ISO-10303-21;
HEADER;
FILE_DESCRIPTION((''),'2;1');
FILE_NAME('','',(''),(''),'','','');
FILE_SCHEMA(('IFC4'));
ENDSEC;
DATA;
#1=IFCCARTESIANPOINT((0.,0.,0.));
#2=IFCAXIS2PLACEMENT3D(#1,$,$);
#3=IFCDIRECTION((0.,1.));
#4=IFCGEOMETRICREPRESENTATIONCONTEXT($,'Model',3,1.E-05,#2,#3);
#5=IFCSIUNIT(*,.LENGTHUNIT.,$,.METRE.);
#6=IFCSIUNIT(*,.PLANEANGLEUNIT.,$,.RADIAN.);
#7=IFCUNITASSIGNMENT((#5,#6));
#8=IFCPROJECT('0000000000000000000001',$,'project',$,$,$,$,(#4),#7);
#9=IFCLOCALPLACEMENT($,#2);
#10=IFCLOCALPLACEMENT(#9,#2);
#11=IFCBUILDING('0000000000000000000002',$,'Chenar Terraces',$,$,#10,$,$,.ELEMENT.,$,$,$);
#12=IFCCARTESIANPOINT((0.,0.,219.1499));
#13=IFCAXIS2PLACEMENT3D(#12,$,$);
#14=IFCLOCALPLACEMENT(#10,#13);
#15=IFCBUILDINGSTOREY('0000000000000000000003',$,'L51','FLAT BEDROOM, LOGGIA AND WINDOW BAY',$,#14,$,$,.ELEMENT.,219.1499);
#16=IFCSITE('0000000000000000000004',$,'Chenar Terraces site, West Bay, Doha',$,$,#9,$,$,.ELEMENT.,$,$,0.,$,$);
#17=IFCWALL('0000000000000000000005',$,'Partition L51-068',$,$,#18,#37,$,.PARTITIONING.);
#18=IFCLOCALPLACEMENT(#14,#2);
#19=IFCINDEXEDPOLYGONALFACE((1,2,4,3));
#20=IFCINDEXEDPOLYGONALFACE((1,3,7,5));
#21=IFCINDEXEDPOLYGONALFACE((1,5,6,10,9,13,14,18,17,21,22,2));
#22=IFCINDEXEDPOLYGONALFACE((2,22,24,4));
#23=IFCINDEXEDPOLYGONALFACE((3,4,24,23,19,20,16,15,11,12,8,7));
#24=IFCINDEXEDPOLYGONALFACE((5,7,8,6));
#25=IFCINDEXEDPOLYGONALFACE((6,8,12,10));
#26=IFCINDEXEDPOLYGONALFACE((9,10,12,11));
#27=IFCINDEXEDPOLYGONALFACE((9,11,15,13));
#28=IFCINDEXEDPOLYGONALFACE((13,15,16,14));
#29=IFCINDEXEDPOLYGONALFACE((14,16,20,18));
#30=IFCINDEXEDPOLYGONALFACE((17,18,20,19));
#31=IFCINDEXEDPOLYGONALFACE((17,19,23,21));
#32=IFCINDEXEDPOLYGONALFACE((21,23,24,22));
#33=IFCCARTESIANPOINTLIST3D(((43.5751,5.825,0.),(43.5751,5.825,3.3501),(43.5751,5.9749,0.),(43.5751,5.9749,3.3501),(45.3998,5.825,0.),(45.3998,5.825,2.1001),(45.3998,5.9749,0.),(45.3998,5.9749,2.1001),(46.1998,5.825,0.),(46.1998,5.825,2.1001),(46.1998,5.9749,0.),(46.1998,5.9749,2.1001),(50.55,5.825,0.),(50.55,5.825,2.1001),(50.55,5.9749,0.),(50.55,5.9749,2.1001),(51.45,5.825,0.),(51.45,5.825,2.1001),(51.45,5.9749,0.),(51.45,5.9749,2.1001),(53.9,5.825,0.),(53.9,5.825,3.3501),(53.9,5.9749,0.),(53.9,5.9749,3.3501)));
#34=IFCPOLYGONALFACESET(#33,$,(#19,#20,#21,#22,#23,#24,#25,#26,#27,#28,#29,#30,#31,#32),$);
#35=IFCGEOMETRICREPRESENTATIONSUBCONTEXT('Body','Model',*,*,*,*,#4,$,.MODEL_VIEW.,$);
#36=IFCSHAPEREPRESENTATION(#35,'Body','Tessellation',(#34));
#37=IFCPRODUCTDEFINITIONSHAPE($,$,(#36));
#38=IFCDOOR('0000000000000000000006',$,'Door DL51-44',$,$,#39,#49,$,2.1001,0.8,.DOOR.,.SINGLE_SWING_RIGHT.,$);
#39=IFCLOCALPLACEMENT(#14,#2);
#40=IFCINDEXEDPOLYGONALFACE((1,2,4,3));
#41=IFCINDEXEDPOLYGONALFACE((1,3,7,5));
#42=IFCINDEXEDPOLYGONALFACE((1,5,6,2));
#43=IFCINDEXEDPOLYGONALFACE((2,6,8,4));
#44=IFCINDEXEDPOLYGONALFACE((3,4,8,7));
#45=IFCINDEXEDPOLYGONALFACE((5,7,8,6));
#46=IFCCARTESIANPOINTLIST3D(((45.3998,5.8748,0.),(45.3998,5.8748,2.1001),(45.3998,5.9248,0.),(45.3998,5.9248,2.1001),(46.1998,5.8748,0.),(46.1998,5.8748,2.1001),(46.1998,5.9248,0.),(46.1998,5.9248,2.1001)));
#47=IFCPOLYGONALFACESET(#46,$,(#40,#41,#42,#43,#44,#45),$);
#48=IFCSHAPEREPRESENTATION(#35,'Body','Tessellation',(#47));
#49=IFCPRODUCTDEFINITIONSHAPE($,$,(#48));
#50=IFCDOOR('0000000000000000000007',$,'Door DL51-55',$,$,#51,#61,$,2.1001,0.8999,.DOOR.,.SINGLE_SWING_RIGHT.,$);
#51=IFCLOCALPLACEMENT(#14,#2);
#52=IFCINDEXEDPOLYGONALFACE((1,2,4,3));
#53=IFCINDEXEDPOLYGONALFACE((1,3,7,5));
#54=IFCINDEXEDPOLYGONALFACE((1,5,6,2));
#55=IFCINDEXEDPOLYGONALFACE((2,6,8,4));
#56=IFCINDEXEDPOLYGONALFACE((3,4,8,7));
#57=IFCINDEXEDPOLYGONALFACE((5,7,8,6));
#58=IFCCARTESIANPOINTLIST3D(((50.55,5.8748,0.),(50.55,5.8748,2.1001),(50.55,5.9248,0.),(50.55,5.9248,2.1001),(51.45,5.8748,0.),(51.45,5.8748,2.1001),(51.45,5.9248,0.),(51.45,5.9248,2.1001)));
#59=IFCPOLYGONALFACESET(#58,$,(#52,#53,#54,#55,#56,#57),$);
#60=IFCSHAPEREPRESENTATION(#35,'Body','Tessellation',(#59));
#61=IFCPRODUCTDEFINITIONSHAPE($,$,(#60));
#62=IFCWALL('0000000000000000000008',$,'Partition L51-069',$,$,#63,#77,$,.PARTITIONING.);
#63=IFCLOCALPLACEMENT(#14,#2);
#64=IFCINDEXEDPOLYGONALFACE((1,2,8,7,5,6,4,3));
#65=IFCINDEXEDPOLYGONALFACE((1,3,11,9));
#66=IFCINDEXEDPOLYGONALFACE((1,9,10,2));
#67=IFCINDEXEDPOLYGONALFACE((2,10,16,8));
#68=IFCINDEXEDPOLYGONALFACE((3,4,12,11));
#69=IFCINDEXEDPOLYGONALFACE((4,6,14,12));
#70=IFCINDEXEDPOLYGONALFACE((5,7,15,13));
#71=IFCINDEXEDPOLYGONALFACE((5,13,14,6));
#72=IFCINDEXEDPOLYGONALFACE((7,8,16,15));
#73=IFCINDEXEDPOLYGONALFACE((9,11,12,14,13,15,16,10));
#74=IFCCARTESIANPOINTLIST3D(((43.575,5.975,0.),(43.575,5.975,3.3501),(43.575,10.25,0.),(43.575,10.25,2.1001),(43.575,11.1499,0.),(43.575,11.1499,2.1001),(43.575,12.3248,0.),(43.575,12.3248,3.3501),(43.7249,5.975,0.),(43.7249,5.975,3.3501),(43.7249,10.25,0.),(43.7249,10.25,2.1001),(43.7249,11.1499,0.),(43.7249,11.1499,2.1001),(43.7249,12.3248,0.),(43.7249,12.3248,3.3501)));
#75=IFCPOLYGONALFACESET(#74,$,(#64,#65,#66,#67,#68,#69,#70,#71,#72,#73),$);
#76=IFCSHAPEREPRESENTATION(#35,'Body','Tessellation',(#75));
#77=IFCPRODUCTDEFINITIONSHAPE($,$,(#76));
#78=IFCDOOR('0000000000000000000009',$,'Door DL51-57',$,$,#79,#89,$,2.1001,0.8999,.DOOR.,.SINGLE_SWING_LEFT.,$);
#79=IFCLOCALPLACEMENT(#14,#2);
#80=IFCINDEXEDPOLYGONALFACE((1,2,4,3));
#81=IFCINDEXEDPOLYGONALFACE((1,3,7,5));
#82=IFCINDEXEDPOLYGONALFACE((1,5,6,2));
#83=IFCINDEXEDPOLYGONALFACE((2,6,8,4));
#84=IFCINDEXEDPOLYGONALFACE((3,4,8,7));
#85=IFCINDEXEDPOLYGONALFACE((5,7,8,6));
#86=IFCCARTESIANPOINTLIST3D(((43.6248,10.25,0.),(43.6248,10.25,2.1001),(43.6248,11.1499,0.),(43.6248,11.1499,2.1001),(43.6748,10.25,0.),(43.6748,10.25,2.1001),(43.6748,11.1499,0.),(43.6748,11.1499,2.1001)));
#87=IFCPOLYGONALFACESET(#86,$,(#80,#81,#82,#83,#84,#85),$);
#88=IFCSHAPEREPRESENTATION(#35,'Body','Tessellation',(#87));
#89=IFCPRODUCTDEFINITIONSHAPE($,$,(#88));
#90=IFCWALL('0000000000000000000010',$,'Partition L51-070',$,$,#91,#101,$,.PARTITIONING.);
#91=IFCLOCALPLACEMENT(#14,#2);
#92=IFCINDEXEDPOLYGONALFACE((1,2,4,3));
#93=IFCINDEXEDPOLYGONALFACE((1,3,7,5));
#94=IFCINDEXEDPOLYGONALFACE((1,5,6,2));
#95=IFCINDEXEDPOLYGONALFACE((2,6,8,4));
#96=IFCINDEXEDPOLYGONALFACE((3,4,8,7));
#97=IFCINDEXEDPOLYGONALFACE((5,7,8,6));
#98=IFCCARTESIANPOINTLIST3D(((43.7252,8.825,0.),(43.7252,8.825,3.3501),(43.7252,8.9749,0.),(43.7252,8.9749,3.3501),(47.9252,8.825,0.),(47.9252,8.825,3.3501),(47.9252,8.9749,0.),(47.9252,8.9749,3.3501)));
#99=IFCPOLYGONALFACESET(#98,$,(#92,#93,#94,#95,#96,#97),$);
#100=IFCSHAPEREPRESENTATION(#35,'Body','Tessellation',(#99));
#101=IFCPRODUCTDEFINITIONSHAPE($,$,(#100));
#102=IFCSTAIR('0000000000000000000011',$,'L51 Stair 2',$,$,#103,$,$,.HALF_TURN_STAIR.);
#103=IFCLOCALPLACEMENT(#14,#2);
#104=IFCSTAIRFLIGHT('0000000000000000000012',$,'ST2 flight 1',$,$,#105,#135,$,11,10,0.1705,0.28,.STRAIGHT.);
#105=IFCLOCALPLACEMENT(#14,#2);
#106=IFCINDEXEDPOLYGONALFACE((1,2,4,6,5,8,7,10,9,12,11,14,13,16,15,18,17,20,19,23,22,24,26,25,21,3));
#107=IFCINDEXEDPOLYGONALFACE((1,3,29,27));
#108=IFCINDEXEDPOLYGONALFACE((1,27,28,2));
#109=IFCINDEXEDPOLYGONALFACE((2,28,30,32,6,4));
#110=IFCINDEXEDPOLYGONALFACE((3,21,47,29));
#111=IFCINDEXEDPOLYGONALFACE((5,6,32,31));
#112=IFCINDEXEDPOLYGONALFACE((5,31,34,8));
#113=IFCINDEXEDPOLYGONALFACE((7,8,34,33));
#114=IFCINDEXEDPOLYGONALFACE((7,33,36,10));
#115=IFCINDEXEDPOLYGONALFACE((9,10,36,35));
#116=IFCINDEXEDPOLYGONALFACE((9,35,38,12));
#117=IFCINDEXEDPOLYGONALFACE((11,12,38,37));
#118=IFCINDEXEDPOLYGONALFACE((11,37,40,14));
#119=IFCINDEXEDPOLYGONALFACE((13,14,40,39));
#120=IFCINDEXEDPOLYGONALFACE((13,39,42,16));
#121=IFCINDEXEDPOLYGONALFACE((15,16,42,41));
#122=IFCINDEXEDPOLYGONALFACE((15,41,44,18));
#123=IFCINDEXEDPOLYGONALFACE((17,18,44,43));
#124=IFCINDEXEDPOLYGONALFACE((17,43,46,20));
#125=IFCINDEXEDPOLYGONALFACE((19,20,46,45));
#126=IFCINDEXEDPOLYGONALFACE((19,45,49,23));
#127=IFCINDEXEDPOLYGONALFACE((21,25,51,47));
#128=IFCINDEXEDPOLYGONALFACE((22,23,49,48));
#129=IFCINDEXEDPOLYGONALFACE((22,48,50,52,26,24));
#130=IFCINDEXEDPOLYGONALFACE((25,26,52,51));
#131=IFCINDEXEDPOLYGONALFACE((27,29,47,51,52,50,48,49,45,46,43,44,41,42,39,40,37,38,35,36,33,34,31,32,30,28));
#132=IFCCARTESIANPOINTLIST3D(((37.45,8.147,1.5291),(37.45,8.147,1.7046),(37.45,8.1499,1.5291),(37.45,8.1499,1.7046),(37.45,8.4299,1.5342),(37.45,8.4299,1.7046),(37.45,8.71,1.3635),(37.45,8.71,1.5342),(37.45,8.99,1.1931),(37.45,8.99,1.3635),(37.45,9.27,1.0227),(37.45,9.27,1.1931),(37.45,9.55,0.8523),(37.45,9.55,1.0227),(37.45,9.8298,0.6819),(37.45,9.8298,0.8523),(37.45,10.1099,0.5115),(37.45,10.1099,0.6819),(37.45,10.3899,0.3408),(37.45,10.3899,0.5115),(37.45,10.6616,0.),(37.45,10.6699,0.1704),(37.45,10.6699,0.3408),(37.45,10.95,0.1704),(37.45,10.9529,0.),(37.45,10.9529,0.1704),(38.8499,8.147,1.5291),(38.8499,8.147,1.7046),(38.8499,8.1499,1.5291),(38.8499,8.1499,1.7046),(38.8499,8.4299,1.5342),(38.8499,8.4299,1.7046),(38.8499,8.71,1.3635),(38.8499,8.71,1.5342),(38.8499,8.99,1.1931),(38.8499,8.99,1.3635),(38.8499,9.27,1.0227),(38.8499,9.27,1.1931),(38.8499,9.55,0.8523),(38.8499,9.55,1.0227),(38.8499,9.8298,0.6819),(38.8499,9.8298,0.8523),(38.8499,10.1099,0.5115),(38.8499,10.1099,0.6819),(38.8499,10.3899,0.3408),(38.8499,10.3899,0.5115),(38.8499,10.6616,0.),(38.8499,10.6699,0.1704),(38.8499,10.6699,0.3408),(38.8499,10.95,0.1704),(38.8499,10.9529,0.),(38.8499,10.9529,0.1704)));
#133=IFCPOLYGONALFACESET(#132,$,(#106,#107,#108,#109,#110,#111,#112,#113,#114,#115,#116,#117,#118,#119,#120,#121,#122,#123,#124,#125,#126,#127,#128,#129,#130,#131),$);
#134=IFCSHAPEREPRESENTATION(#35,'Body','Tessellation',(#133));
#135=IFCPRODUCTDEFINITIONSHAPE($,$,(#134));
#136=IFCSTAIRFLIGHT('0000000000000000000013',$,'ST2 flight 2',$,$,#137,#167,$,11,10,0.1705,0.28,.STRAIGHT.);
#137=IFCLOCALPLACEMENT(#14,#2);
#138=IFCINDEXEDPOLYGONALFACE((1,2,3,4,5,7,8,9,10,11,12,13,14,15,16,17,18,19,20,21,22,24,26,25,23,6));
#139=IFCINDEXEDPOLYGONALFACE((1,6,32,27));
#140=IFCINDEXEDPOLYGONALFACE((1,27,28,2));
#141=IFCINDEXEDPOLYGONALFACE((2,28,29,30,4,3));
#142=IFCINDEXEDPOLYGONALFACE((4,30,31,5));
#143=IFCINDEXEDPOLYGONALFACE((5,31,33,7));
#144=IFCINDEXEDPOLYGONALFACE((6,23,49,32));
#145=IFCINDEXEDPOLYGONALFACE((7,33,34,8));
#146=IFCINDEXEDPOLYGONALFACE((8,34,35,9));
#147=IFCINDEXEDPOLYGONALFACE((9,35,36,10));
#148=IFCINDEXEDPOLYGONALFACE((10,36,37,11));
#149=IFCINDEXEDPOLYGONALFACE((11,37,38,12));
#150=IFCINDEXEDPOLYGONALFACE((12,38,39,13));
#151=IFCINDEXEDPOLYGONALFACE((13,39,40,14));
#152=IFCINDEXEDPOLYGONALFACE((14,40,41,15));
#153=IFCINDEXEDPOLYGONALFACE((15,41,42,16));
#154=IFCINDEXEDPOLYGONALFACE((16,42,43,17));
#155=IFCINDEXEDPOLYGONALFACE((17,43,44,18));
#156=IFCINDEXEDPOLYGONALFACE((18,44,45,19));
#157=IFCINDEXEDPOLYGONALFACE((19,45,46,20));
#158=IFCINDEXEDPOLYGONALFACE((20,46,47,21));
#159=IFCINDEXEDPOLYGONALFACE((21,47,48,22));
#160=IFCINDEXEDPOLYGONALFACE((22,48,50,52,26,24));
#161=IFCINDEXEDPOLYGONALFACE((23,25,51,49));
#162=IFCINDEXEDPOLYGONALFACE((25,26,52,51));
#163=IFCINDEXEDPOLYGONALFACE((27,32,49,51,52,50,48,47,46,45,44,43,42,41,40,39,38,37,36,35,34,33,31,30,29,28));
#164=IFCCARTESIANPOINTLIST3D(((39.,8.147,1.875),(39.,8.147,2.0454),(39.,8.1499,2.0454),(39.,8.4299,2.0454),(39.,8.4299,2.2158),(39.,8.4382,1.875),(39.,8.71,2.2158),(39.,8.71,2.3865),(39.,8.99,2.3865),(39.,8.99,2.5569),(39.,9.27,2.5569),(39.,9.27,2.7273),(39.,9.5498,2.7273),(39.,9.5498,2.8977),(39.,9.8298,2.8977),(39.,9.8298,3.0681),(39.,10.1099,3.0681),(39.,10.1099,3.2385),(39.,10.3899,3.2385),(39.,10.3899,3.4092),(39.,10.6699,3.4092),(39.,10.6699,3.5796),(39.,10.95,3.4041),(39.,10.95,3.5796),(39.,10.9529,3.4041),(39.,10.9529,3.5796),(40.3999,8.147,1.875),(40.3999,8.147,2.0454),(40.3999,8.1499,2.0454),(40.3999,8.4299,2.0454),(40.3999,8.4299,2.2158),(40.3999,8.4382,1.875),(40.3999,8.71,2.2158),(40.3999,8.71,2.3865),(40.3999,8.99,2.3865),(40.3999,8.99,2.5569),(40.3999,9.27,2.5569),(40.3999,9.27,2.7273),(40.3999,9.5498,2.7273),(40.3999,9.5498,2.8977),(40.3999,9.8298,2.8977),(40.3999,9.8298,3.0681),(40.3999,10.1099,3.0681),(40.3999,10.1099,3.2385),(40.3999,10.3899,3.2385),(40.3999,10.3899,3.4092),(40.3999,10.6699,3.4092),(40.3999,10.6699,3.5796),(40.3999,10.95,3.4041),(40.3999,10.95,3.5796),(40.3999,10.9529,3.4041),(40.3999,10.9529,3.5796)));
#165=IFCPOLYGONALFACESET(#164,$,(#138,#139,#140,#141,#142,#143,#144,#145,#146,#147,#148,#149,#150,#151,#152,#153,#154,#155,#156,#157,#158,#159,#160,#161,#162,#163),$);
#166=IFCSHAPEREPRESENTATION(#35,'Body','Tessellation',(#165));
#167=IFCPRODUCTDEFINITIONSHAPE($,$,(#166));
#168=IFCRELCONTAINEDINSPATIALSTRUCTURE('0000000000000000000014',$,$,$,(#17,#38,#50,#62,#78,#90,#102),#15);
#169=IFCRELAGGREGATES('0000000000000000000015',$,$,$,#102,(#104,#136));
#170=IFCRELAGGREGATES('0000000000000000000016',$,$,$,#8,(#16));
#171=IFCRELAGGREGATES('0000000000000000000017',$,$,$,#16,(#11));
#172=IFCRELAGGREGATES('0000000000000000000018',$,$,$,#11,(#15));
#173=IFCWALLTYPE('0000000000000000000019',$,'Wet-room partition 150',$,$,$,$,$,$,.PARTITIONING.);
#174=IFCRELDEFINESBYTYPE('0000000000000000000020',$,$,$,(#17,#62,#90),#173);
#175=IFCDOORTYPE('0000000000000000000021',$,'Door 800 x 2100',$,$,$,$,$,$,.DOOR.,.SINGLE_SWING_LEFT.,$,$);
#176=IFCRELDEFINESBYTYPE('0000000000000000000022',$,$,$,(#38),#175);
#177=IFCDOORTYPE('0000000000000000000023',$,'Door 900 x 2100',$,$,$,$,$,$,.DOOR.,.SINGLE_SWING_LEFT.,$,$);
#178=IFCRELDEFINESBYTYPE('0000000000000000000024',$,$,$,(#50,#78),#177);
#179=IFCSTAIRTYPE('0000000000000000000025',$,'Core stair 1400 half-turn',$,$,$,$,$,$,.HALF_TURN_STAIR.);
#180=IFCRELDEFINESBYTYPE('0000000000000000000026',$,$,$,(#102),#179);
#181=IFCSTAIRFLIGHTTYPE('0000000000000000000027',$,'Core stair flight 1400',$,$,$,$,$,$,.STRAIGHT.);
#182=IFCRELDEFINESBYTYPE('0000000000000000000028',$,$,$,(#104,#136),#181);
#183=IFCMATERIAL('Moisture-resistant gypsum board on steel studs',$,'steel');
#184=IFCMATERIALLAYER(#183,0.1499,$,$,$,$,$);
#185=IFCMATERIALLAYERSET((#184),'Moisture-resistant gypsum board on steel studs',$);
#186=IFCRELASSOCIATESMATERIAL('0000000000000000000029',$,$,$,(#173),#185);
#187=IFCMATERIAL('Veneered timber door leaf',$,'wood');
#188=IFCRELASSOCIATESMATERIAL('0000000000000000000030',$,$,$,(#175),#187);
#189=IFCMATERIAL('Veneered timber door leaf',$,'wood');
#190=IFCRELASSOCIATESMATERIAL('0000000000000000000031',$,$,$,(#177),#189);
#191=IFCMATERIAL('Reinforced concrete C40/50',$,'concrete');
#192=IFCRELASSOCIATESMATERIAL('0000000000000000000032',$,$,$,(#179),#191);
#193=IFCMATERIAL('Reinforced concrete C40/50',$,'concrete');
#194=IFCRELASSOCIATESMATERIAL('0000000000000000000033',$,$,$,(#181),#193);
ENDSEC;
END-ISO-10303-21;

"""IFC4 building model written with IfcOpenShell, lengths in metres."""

from ifc_helpers import new_model, si_unit, direction, frame, frame_2d, origin, place, context, subcontext, project, spatial, polyline, rectangle, outline, extrude, material, layer, layer_set, type_object, element, fill, aggregate, save


model = new_model("IFC4")

# Units and contexts
model_context = context("Model", 3, precision=1e-05, world=origin(), true_north=direction((0.0, 1.0)))
body_context = subcontext(model_context, "Body", "Model", "MODEL_VIEW")
ifc_project = project(units=[si_unit("LENGTHUNIT", "METRE"), si_unit("PLANEANGLEUNIT", "RADIAN")], contexts=[model_context])

# Site, building, storey
site_placement = place(None, origin())
site = spatial("IfcSite", under=ifc_project, at=site_placement, Name="Chenar Terraces site, West Bay, Doha", CompositionType="ELEMENT", RefElevation=0.0)
building_placement = place(site_placement, origin())
building = spatial("IfcBuilding", under=site, at=building_placement, Name="Chenar Terraces", CompositionType="ELEMENT")
storey_placement = place(building_placement, frame((0.0, 0.0, 219.1499)))
storey = spatial("IfcBuildingStorey", under=building, at=storey_placement, Name="L51", Description="FLAT BEDROOM, LOGGIA AND WINDOW BAY", CompositionType="ELEMENT", Elevation=219.1499)

# Wall, openings, doors
ifc_material_1 = material(Name="Moisture-resistant gypsum board on steel studs", Category="steel")
ifc_layer_1 = layer(ifc_material_1, 0.1499)
ifc_layer_set_1 = layer_set([ifc_layer_1], Name="Moisture-resistant gypsum board on steel studs")
wall_type_1 = type_object("IfcWallType", Name="Wet-room partition 150", PredefinedType="PARTITIONING", material=ifc_layer_set_1)
wall_1_placement = place(storey_placement, frame((43.575, 5.8999, 0.0), z_axis=(0.0, 0.0, 1.0), x_axis=(1.0, 0.0, 0.0)))
wall_1 = element("IfcWall", 1, at=wall_1_placement, inside=storey, type_object=wall_type_1, Name="Partition L51-068", PredefinedType="PARTITIONING", context=body_context, shape_type="SweptSolid", body=[
    extrude(rectangle(XDim=10.325, YDim=0.1499, at=frame_2d((5.1626, 0.0))), origin(), (0.0, 0.0, 1.0), 3.3501),
])
opening_1_placement = place(wall_1_placement, frame((1.825, 0.0, 0.0)))
opening_1 = element("IfcOpeningElement", 2, at=opening_1_placement, cuts=wall_1, PredefinedType="OPENING", context=body_context, shape_type="SweptSolid", body=[
    extrude(rectangle(XDim=0.8, YDim=2.1001, at=frame_2d((0.3999, 1.05))), frame((0.0, 0.085, 0.0), z_axis=(0.0, -1.0, 0.0), x_axis=(1.0, 0.0, 0.0)), (0.0, 0.0, 1.0), 0.1699),
])
opening_2_placement = place(wall_1_placement, frame((6.9751, 0.0, 0.0)))
opening_2 = element("IfcOpeningElement", 3, at=opening_2_placement, cuts=wall_1, PredefinedType="OPENING", context=body_context, shape_type="SweptSolid", body=[
    extrude(rectangle(XDim=0.8999, YDim=2.1001, at=frame_2d((0.45, 1.05))), frame((0.0, 0.085, 0.0), z_axis=(0.0, -1.0, 0.0), x_axis=(1.0, 0.0, 0.0)), (0.0, 0.0, 1.0), 0.1699),
])
ifc_material_2 = material(Name="Veneered timber door leaf", Category="wood")
door_type_1 = type_object("IfcDoorType", Name="Door 800 x 2100", OperationType="SINGLE_SWING_LEFT", PredefinedType="DOOR", material=ifc_material_2)
door_1_placement = place(opening_1_placement, origin())
door_1 = element("IfcDoor", 4, at=door_1_placement, inside=storey, type_object=door_type_1, Name="Door DL51-44", OperationType="SINGLE_SWING_RIGHT", OverallHeight=2.1001, OverallWidth=0.8, PredefinedType="DOOR", context=body_context, shape_type="SweptSolid", body=[
    extrude(rectangle(XDim=0.8, YDim=2.1001, at=frame_2d((0.3999, 1.05))), frame((0.0, 0.0249, 0.0), z_axis=(0.0, -1.0, 0.0), x_axis=(1.0, 0.0, 0.0)), (0.0, 0.0, 1.0), 0.05),
])
fill(opening_1, door_1)
ifc_material_3 = material(Name="Veneered timber door leaf", Category="wood")
door_type_2 = type_object("IfcDoorType", Name="Door 900 x 2100", OperationType="SINGLE_SWING_LEFT", PredefinedType="DOOR", material=ifc_material_3)
door_2_placement = place(opening_2_placement, origin())
door_2 = element("IfcDoor", 5, at=door_2_placement, inside=storey, type_object=door_type_2, Name="Door DL51-55", OperationType="SINGLE_SWING_RIGHT", OverallHeight=2.1001, OverallWidth=0.8999, PredefinedType="DOOR", context=body_context, shape_type="SweptSolid", body=[
    extrude(rectangle(XDim=0.8999, YDim=2.1001, at=frame_2d((0.45, 1.05))), frame((0.0, 0.0249, 0.0), z_axis=(0.0, -1.0, 0.0), x_axis=(1.0, 0.0, 0.0)), (0.0, 0.0, 1.0), 0.05),
])
fill(opening_2, door_2)

# Wall, opening, door
wall_2_placement = place(storey_placement, frame((43.6499, 5.9751, 0.0), z_axis=(0.0, 0.0, 1.0), x_axis=(0.0, 1.0, 0.0)))
wall_2 = element("IfcWall", 6, at=wall_2_placement, inside=storey, type_object=wall_type_1, Name="Partition L51-069", PredefinedType="PARTITIONING", context=body_context, shape_type="SweptSolid", body=[
    extrude(rectangle(XDim=6.3499, YDim=0.1499, at=frame_2d((3.1748, 0.0))), origin(), (0.0, 0.0, 1.0), 3.3501),
])
opening_3_placement = place(wall_2_placement, frame((4.2749, 0.0, 0.0)))
opening_3 = element("IfcOpeningElement", 7, at=opening_3_placement, cuts=wall_2, PredefinedType="OPENING", context=body_context, shape_type="SweptSolid", body=[
    extrude(rectangle(XDim=0.8999, YDim=2.1001, at=frame_2d((0.45, 1.05))), frame((0.0, 0.085, 0.0), z_axis=(0.0, -1.0, 0.0), x_axis=(1.0, 0.0, 0.0)), (0.0, 0.0, 1.0), 0.1699),
])
door_3_placement = place(opening_3_placement, frame((0.8999, 0.0, 0.0), z_axis=(0.0, 0.0, 1.0), x_axis=(-1.0, 0.0, 0.0)))
door_3 = element("IfcDoor", 8, at=door_3_placement, inside=storey, type_object=door_type_2, Name="Door DL51-57", OperationType="SINGLE_SWING_LEFT", OverallHeight=2.1001, OverallWidth=0.8999, PredefinedType="DOOR", context=body_context, shape_type="SweptSolid", body=[
    extrude(rectangle(XDim=0.8999, YDim=2.1001, at=frame_2d((0.45, 1.05))), frame((0.0, 0.0249, 0.0), z_axis=(0.0, -1.0, 0.0), x_axis=(1.0, 0.0, 0.0)), (0.0, 0.0, 1.0), 0.05),
])
fill(opening_3, door_3)

# Wall
wall_3_placement = place(storey_placement, frame((43.7251, 8.8999, 0.0), z_axis=(0.0, 0.0, 1.0), x_axis=(1.0, 0.0, 0.0)))
element("IfcWall", 9, at=wall_3_placement, inside=storey, type_object=wall_type_1, Name="Partition L51-070", PredefinedType="PARTITIONING", context=body_context, shape_type="SweptSolid", body=[
    extrude(rectangle(XDim=4.2, YDim=0.1499, at=frame_2d((2.1001, 0.0))), origin(), (0.0, 0.0, 1.0), 3.3501),
])

# Stair, stair flights
ifc_material_4 = material(Name="Reinforced concrete C40/50", Category="concrete")
stair_type = type_object("IfcStairType", Name="Core stair 1400 half-turn", PredefinedType="HALF_TURN_STAIR", material=ifc_material_4)
stair_placement = place(storey_placement, origin())
stair = element("IfcStair", 10, at=stair_placement, inside=storey, type_object=stair_type, Name="L51 Stair 2", PredefinedType="HALF_TURN_STAIR")
ifc_material_5 = material(Name="Reinforced concrete C40/50", Category="concrete")
stair_flight_type = type_object("IfcStairFlightType", Name="Core stair flight 1400", PredefinedType="STRAIGHT", material=ifc_material_5)
stair_flight_1_placement = place(storey_placement, frame((38.1499, 10.95, 0.0), z_axis=(0.0, 0.0, 1.0), x_axis=(0.0, -1.0, 0.0)))
stair_flight_1 = element("IfcStairFlight", 11, at=stair_flight_1_placement, type_object=stair_flight_type, Name="ST2 flight 1", NumberOfRisers=11, NumberOfTreads=10, PredefinedType="STRAIGHT", RiserHeight=0.1705, TreadLength=0.28, context=body_context, shape_type="SweptSolid", body=[
    extrude(outline(polyline([(-0.0029, 0.0), (-0.0029, 0.1704), (0.0, 0.1704), (0.28, 0.1704), (0.28, 0.3408), (0.5601, 0.3408), (0.5601, 0.5115), (0.8401, 0.5115), (0.8401, 0.6819), (1.1201, 0.6819), (1.1201, 0.8523), (1.3999, 0.8523), (1.3999, 1.0227), (1.6799, 1.0227), (1.6799, 1.1931), (1.96, 1.1931), (1.96, 1.3635), (2.24, 1.3635), (2.24, 1.5342), (2.52, 1.5342), (2.52, 1.7046), (2.8, 1.7046), (2.803, 1.7046), (2.803, 1.5291), (2.8, 1.5291), (0.2883, 0.0), (-0.0029, 0.0)])), frame((0.0, 0.7, 0.0), z_axis=(0.0, -1.0, 0.0), x_axis=(1.0, 0.0, 0.0)), (0.0, 0.0, 1.0), 1.3999),
])
stair_flight_2_placement = place(storey_placement, frame((39.7, 8.1499, 1.875), z_axis=(0.0, 0.0, 1.0), x_axis=(0.0, 1.0, 0.0)))
stair_flight_2 = element("IfcStairFlight", 12, at=stair_flight_2_placement, type_object=stair_flight_type, Name="ST2 flight 2", NumberOfRisers=11, NumberOfTreads=10, PredefinedType="STRAIGHT", RiserHeight=0.1705, TreadLength=0.28, context=body_context, shape_type="SweptSolid", body=[
    extrude(outline(polyline([(-0.0029, 0.0), (-0.0029, 0.1704), (0.0, 0.1704), (0.28, 0.1704), (0.28, 0.3408), (0.5601, 0.3408), (0.5601, 0.5115), (0.8401, 0.5115), (0.8401, 0.6819), (1.1201, 0.6819), (1.1201, 0.8523), (1.3999, 0.8523), (1.3999, 1.0227), (1.6799, 1.0227), (1.6799, 1.1931), (1.96, 1.1931), (1.96, 1.3635), (2.24, 1.3635), (2.24, 1.5342), (2.52, 1.5342), (2.52, 1.7046), (2.8, 1.7046), (2.803, 1.7046), (2.803, 1.5291), (2.8, 1.5291), (0.2883, 0.0), (-0.0029, 0.0)])), frame((0.0, 0.7, 0.0), z_axis=(0.0, -1.0, 0.0), x_axis=(1.0, 0.0, 0.0)), (0.0, 0.0, 1.0), 1.3999),
])
aggregate(stair, [stair_flight_1, stair_flight_2])

save(model, "model.ifc")
